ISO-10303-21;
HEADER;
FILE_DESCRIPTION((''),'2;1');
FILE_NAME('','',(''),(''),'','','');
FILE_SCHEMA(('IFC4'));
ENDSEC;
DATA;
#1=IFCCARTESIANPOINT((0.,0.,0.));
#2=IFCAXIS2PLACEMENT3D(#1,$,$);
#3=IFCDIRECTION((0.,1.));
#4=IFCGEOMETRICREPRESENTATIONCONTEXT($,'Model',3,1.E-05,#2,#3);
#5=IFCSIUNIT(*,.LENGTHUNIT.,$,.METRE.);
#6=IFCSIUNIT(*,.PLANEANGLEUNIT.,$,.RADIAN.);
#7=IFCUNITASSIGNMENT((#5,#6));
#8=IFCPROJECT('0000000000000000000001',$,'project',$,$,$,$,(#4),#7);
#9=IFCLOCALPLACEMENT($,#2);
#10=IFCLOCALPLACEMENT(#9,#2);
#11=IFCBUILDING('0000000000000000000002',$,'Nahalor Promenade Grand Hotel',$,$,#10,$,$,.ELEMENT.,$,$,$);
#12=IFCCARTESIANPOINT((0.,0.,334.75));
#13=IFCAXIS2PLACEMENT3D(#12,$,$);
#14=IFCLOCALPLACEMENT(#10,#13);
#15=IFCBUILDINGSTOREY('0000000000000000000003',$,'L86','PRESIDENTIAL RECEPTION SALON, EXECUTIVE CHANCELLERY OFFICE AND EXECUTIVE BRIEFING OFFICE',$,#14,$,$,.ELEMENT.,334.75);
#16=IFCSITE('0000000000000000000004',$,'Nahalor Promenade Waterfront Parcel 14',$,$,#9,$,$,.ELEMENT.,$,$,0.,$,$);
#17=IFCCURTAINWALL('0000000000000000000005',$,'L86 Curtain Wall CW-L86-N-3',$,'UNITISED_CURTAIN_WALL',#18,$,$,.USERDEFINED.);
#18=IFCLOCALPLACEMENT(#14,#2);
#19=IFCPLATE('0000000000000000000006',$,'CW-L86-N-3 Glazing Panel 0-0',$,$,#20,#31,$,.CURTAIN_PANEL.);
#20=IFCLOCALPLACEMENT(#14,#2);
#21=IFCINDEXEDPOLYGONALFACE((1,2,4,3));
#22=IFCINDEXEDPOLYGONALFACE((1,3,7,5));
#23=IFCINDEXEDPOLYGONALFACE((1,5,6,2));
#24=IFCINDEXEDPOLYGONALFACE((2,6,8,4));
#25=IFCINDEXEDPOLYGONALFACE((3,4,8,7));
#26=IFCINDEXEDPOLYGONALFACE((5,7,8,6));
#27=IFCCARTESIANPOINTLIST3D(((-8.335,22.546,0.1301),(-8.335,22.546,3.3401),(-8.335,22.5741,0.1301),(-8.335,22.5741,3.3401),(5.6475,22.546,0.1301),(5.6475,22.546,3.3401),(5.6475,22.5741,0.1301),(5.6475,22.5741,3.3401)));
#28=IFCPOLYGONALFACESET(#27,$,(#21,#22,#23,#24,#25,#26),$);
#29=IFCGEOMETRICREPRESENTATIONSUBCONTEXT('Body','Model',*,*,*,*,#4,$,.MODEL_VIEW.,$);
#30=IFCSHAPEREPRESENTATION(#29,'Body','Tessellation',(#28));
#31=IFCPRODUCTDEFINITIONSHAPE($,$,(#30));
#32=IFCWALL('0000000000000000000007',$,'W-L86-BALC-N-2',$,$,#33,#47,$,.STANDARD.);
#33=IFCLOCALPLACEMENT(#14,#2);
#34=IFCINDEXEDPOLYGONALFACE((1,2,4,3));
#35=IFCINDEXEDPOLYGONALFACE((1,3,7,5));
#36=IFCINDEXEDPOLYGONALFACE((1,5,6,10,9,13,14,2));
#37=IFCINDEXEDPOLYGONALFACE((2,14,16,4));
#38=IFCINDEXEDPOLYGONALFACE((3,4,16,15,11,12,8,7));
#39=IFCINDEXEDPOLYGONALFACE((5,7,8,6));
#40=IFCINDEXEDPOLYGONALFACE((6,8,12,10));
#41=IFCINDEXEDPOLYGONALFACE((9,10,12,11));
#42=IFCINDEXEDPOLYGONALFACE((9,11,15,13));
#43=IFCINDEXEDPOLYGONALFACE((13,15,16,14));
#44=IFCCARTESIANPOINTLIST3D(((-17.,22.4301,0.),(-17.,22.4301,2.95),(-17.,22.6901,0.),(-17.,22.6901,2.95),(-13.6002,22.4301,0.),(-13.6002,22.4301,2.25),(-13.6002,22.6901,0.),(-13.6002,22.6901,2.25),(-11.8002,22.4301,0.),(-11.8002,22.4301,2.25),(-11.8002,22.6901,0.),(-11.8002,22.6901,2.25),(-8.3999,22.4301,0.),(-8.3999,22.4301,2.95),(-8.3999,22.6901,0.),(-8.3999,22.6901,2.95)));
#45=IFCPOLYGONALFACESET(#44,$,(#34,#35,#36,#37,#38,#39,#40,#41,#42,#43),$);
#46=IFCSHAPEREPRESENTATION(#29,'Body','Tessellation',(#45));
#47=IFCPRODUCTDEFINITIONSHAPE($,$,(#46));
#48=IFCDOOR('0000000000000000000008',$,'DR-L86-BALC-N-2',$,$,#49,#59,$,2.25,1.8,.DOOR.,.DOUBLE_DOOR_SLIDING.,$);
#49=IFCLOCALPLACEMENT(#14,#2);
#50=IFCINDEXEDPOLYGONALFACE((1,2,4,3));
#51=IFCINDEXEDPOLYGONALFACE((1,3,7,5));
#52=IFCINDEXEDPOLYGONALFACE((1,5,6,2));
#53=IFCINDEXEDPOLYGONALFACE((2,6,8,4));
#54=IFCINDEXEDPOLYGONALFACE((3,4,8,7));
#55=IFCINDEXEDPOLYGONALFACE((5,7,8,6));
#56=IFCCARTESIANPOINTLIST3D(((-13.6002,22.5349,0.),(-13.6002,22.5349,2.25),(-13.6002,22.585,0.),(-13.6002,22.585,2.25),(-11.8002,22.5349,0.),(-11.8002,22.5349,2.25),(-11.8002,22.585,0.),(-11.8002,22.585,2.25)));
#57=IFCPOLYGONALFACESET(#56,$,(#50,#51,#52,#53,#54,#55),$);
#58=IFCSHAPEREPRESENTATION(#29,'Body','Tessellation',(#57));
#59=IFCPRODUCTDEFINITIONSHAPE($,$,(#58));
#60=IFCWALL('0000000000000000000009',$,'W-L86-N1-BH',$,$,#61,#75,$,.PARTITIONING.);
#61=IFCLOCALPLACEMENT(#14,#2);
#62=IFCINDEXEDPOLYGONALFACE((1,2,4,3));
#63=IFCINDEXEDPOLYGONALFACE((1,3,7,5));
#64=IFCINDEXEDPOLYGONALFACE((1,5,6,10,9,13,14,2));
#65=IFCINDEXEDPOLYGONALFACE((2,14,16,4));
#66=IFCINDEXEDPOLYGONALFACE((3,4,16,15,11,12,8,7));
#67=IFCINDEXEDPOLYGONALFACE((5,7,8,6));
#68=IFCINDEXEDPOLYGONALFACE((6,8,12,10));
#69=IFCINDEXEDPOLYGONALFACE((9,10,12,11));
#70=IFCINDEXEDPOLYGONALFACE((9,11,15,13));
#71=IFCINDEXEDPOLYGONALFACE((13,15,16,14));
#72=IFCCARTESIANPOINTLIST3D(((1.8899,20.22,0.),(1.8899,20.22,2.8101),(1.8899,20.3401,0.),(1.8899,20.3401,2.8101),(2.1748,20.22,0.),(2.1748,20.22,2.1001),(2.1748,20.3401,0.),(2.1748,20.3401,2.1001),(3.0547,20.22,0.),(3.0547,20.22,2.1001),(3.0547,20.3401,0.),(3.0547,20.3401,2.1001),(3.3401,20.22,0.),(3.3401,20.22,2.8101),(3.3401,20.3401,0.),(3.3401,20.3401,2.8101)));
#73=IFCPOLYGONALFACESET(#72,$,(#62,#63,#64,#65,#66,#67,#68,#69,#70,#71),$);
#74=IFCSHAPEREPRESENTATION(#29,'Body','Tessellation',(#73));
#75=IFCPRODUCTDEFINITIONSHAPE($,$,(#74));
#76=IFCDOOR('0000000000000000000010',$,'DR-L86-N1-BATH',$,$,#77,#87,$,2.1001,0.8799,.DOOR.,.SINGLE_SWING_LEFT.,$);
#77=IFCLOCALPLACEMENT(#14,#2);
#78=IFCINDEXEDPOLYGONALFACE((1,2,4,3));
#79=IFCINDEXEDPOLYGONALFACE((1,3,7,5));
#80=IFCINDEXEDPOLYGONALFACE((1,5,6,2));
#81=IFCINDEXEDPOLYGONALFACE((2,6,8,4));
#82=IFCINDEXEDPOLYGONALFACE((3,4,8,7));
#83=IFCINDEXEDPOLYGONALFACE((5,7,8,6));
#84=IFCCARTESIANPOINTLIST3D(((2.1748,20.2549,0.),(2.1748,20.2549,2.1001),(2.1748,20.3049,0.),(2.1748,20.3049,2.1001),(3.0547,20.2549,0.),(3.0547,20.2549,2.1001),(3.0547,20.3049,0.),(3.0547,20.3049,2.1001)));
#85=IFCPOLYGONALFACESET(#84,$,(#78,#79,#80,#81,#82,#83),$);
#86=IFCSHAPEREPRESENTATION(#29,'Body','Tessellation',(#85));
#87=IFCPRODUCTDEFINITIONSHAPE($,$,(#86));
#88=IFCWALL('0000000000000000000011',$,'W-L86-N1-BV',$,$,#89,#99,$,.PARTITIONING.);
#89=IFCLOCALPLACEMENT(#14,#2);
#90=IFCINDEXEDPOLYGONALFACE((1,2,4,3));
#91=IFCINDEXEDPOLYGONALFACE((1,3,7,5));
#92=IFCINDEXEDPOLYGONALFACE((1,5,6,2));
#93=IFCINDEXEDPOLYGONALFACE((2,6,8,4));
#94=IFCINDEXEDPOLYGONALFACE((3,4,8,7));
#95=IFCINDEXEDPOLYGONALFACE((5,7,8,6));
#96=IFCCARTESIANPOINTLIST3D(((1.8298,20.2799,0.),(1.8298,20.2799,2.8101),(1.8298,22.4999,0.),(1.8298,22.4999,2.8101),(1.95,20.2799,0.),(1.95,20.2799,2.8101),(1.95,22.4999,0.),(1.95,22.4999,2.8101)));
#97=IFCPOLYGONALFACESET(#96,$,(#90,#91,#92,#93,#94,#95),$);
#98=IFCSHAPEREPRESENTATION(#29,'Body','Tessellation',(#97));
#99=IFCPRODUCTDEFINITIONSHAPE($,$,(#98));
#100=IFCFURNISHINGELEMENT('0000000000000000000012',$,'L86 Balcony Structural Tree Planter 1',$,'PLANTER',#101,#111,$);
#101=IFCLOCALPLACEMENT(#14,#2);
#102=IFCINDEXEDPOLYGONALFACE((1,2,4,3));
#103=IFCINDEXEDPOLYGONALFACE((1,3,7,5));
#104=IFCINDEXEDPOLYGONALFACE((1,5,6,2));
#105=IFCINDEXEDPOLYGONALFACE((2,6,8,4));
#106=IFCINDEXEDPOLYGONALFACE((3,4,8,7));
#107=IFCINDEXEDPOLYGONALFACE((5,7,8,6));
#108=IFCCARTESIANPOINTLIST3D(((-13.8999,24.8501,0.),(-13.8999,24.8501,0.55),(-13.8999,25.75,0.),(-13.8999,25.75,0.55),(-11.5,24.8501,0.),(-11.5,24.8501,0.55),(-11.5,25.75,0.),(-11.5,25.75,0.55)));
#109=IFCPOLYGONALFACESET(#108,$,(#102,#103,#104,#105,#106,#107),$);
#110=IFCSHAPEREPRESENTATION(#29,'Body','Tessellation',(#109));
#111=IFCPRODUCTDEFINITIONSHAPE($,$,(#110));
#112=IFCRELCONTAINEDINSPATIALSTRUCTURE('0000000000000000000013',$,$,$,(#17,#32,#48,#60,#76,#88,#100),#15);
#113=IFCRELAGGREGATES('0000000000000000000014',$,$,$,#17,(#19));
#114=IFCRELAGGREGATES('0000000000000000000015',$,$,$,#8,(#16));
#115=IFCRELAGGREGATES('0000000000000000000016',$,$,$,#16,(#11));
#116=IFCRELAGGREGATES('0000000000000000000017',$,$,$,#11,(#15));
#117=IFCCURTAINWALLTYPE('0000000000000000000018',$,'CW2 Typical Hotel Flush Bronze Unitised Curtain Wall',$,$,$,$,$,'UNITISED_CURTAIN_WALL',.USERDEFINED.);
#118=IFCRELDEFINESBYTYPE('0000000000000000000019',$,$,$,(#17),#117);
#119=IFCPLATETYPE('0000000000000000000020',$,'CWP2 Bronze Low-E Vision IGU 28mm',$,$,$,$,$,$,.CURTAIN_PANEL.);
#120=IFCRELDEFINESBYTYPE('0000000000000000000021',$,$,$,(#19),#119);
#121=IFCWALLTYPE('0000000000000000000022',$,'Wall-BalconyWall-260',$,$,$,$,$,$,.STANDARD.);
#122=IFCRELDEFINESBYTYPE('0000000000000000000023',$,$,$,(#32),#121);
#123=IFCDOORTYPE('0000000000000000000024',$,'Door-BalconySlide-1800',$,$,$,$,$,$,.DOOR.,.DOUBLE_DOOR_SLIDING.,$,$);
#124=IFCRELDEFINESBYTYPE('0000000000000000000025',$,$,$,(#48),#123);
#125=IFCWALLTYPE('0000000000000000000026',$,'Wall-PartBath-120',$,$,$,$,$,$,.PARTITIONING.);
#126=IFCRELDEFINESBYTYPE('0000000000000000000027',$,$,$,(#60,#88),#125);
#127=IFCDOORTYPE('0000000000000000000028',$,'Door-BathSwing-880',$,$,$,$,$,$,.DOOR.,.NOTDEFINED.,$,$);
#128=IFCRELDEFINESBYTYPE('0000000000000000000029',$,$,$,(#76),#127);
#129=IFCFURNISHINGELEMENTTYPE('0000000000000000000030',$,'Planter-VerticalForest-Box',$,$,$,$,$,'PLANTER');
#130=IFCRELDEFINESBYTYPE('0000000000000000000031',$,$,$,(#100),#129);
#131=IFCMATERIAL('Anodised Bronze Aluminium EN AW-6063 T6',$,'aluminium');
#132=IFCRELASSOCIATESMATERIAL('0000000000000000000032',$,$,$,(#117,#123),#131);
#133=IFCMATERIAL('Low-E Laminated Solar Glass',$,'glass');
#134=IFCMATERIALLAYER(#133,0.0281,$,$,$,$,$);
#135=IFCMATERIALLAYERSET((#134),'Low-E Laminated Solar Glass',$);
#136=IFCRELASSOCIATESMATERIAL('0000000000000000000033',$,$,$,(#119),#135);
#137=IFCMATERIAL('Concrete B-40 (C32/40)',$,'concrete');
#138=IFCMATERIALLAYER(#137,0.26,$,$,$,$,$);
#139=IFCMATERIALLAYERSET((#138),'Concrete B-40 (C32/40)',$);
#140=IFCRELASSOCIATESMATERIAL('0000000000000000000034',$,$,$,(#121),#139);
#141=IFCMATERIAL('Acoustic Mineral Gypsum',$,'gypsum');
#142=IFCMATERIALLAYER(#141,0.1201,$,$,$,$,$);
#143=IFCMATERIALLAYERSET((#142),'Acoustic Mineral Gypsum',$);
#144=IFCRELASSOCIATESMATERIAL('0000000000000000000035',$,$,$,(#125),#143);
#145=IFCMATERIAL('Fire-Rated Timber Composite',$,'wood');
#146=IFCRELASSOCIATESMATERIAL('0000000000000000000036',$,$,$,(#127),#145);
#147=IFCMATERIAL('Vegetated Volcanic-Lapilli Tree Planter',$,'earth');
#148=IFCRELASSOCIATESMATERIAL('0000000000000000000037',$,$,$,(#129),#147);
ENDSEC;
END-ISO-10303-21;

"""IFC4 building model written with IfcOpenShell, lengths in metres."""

from ifc_helpers import new_model, si_unit, direction, frame, frame_2d, origin, origin_2d, place, context, subcontext, project, spatial, rectangle, extrude, source, transform, mapped, material, layer, layer_set, type_object, element, fill, aggregate, save


model = new_model("IFC4")

# Units and contexts
model_context = context("Model", 3, precision=1e-05, world=origin(), true_north=direction((0.0, 1.0)))
body_context = subcontext(model_context, "Body", "Model", "MODEL_VIEW")
ifc_project = project(units=[si_unit("LENGTHUNIT", "METRE"), si_unit("PLANEANGLEUNIT", "RADIAN")], contexts=[model_context])

# Site, building, storey
site_placement = place(None, origin())
site = spatial("IfcSite", under=ifc_project, at=site_placement, Name="Nahalor Promenade Waterfront Parcel 14", CompositionType="ELEMENT", RefElevation=0.0)
building_placement = place(site_placement, origin())
building = spatial("IfcBuilding", under=site, at=building_placement, Name="Nahalor Promenade Grand Hotel", CompositionType="ELEMENT")
storey_placement = place(building_placement, frame((0.0, 0.0, 334.75)))
storey = spatial("IfcBuildingStorey", under=building, at=storey_placement, Name="L86", Description="PRESIDENTIAL RECEPTION SALON, EXECUTIVE CHANCELLERY OFFICE AND EXECUTIVE BRIEFING OFFICE", CompositionType="ELEMENT", Elevation=334.75)

# Curtain wall, plate
ifc_material_1 = material(Name="Anodised Bronze Aluminium EN AW-6063 T6", Category="aluminium")
curtain_wall_type = type_object("IfcCurtainWallType", Name="CW2 Typical Hotel Flush Bronze Unitised Curtain Wall", ElementType="UNITISED_CURTAIN_WALL", PredefinedType="USERDEFINED", material=ifc_material_1)
curtain_wall_placement = place(storey_placement, origin())
curtain_wall = element("IfcCurtainWall", 1, at=curtain_wall_placement, inside=storey, type_object=curtain_wall_type, Name="L86 Curtain Wall CW-L86-N-3", ObjectType="UNITISED_CURTAIN_WALL", PredefinedType="USERDEFINED")
ifc_material_2 = material(Name="Low-E Laminated Solar Glass", Category="glass")
ifc_layer_1 = layer(ifc_material_2, 0.0281)
ifc_layer_set_1 = layer_set([ifc_layer_1], Name="Low-E Laminated Solar Glass")
plate_type = type_object("IfcPlateType", Name="CWP2 Bronze Low-E Vision IGU 28mm", PredefinedType="CURTAIN_PANEL", material=ifc_layer_set_1)
shared_shape_1 = source(origin(), body_context, "Body", "SweptSolid", [
    extrude(rectangle(XDim=13.9824, YDim=0.0281, at=origin_2d()), origin(), (0.0, 0.0, 1.0), 3.21),
])
plate_placement = place(storey_placement, frame((-1.3438, 22.5601, 0.1301), z_axis=(0.0, 0.0, 1.0), x_axis=(1.0, 0.0, 0.0)))
plate = element("IfcPlate", 2, at=plate_placement, type_object=plate_type, Name="CW-L86-N-3 Glazing Panel 0-0", PredefinedType="CURTAIN_PANEL", context=body_context, shape_type="MappedRepresentation", body=[
    mapped(shared_shape_1, transform((0.0, 0.0, 0.0), scale=1.0)),
])
aggregate(curtain_wall, [plate])

# Walls, openings, doors
ifc_material_3 = material(Name="Concrete B-40 (C32/40)", Category="concrete")
ifc_layer_2 = layer(ifc_material_3, 0.26)
ifc_layer_set_2 = layer_set([ifc_layer_2], Name="Concrete B-40 (C32/40)")
wall_type_1 = type_object("IfcWallType", Name="Wall-BalconyWall-260", PredefinedType="STANDARD", material=ifc_layer_set_2)
shared_shape_2 = source(origin(), body_context, "Body", "SweptSolid", [
    extrude(rectangle(XDim=8.6001, YDim=0.26, at=frame_2d((4.3, 0.0))), origin(), (0.0, 0.0, 1.0), 2.95),
])
wall_1_placement = place(storey_placement, frame((-17.0, 22.5601, 0.0), z_axis=(0.0, 0.0, 1.0), x_axis=(1.0, 0.0, 0.0)))
wall_1 = element("IfcWall", 3, at=wall_1_placement, inside=storey, type_object=wall_type_1, Name="W-L86-BALC-N-2", PredefinedType="STANDARD", context=body_context, shape_type="MappedRepresentation", body=[
    mapped(shared_shape_2, transform((0.0, 0.0, 0.0), scale=1.0)),
])
opening_1_placement = place(wall_1_placement, frame((3.3999, 0.0, 0.0)))
opening_1 = element("IfcOpeningElement", 4, at=opening_1_placement, cuts=wall_1, PredefinedType="OPENING", context=body_context, shape_type="SweptSolid", body=[
    extrude(rectangle(XDim=1.8, YDim=2.25, at=frame_2d((0.8999, 1.125))), frame((0.0, 0.1399, 0.0), z_axis=(0.0, -1.0, 0.0), x_axis=(1.0, 0.0, 0.0)), (0.0, 0.0, 1.0), 0.28),
])
door_type_1 = type_object("IfcDoorType", Name="Door-BalconySlide-1800", OperationType="DOUBLE_DOOR_SLIDING", PredefinedType="DOOR", material=ifc_material_1)
shared_shape_3 = source(origin(), body_context, "Body", "SweptSolid", [
    extrude(rectangle(XDim=1.8, YDim=2.25, at=frame_2d((0.8999, 1.125))), frame((0.0, 0.0249, 0.0), z_axis=(0.0, -1.0, 0.0), x_axis=(1.0, 0.0, 0.0)), (0.0, 0.0, 1.0), 0.05),
])
door_1_placement = place(opening_1_placement, origin())
door_1 = element("IfcDoor", 5, at=door_1_placement, inside=storey, type_object=door_type_1, Name="DR-L86-BALC-N-2", OperationType="DOUBLE_DOOR_SLIDING", OverallHeight=2.25, OverallWidth=1.8, PredefinedType="DOOR", context=body_context, shape_type="MappedRepresentation", body=[
    mapped(shared_shape_3, transform((0.0, 0.0, 0.0), scale=1.0)),
])
fill(opening_1, door_1)
ifc_material_4 = material(Name="Acoustic Mineral Gypsum", Category="gypsum")
ifc_layer_3 = layer(ifc_material_4, 0.1201)
ifc_layer_set_3 = layer_set([ifc_layer_3], Name="Acoustic Mineral Gypsum")
wall_type_2 = type_object("IfcWallType", Name="Wall-PartBath-120", PredefinedType="PARTITIONING", material=ifc_layer_set_3)
shared_shape_4 = source(origin(), body_context, "Body", "SweptSolid", [
    extrude(rectangle(XDim=1.4502, YDim=0.1201, at=frame_2d((0.7251, 0.0))), origin(), (0.0, 0.0, 1.0), 2.8101),
])
wall_2_placement = place(storey_placement, frame((1.8899, 20.28, 0.0), z_axis=(0.0, 0.0, 1.0), x_axis=(1.0, 0.0, 0.0)))
wall_2 = element("IfcWall", 6, at=wall_2_placement, inside=storey, type_object=wall_type_2, Name="W-L86-N1-BH", PredefinedType="PARTITIONING", context=body_context, shape_type="MappedRepresentation", body=[
    mapped(shared_shape_4, transform((0.0, 0.0, 0.0), scale=1.0)),
])
opening_2_placement = place(wall_2_placement, frame((0.2849, 0.0, 0.0)))
opening_2 = element("IfcOpeningElement", 7, at=opening_2_placement, cuts=wall_2, PredefinedType="OPENING", context=body_context, shape_type="SweptSolid", body=[
    extrude(rectangle(XDim=0.8799, YDim=2.1001, at=frame_2d((0.4399, 1.05))), frame((0.0, 0.0701, 0.0), z_axis=(0.0, -1.0, 0.0), x_axis=(1.0, 0.0, 0.0)), (0.0, 0.0, 1.0), 0.1401),
])
ifc_material_5 = material(Name="Fire-Rated Timber Composite", Category="wood")
door_type_2 = type_object("IfcDoorType", Name="Door-BathSwing-880", OperationType="NOTDEFINED", PredefinedType="DOOR", material=ifc_material_5)
shared_shape_5 = source(origin(), body_context, "Body", "SweptSolid", [
    extrude(rectangle(XDim=0.8799, YDim=2.1001, at=frame_2d((0.4399, 1.05))), frame((0.0, 0.0249, 0.0), z_axis=(0.0, -1.0, 0.0), x_axis=(1.0, 0.0, 0.0)), (0.0, 0.0, 1.0), 0.05),
])
door_2_placement = place(opening_2_placement, origin())
door_2 = element("IfcDoor", 8, at=door_2_placement, inside=storey, type_object=door_type_2, Name="DR-L86-N1-BATH", OperationType="SINGLE_SWING_LEFT", OverallHeight=2.1001, OverallWidth=0.8799, PredefinedType="DOOR", context=body_context, shape_type="MappedRepresentation", body=[
    mapped(shared_shape_5, transform((0.0, 0.0, 0.0), scale=1.0)),
])
fill(opening_2, door_2)

# Wall
shared_shape_6 = source(origin(), body_context, "Body", "SweptSolid", [
    extrude(rectangle(XDim=2.22, YDim=0.1201, at=frame_2d((1.1099, 0.0))), origin(), (0.0, 0.0, 1.0), 2.8101),
])
wall_3_placement = place(storey_placement, frame((1.8899, 20.28, 0.0), z_axis=(0.0, 0.0, 1.0), x_axis=(0.0, 1.0, 0.0)))
element("IfcWall", 9, at=wall_3_placement, inside=storey, type_object=wall_type_2, Name="W-L86-N1-BV", PredefinedType="PARTITIONING", context=body_context, shape_type="MappedRepresentation", body=[
    mapped(shared_shape_6, transform((0.0, 0.0, 0.0), scale=1.0)),
])

# Furnishing element
ifc_material_6 = material(Name="Vegetated Volcanic-Lapilli Tree Planter", Category="earth")
furnishing_element_type = type_object("IfcFurnishingElementType", Name="Planter-VerticalForest-Box", ElementType="PLANTER", material=ifc_material_6)
shared_shape_7 = source(origin(), body_context, "Body", "SweptSolid", [
    extrude(rectangle(XDim=2.3999, YDim=0.8999, at=origin_2d()), origin(), (0.0, 0.0, 1.0), 0.55),
])
furnishing_placement = place(storey_placement, frame((-12.7, 25.3, 0.0), z_axis=(0.0, 0.0, 1.0), x_axis=(1.0, 0.0, 0.0)))
element("IfcFurnishingElement", 10, at=furnishing_placement, inside=storey, type_object=furnishing_element_type, Name="L86 Balcony Structural Tree Planter 1", ObjectType="PLANTER", context=body_context, shape_type="MappedRepresentation", body=[
    mapped(shared_shape_7, transform((0.0, 0.0, 0.0), scale=1.0)),
])

save(model, "model.ifc")
